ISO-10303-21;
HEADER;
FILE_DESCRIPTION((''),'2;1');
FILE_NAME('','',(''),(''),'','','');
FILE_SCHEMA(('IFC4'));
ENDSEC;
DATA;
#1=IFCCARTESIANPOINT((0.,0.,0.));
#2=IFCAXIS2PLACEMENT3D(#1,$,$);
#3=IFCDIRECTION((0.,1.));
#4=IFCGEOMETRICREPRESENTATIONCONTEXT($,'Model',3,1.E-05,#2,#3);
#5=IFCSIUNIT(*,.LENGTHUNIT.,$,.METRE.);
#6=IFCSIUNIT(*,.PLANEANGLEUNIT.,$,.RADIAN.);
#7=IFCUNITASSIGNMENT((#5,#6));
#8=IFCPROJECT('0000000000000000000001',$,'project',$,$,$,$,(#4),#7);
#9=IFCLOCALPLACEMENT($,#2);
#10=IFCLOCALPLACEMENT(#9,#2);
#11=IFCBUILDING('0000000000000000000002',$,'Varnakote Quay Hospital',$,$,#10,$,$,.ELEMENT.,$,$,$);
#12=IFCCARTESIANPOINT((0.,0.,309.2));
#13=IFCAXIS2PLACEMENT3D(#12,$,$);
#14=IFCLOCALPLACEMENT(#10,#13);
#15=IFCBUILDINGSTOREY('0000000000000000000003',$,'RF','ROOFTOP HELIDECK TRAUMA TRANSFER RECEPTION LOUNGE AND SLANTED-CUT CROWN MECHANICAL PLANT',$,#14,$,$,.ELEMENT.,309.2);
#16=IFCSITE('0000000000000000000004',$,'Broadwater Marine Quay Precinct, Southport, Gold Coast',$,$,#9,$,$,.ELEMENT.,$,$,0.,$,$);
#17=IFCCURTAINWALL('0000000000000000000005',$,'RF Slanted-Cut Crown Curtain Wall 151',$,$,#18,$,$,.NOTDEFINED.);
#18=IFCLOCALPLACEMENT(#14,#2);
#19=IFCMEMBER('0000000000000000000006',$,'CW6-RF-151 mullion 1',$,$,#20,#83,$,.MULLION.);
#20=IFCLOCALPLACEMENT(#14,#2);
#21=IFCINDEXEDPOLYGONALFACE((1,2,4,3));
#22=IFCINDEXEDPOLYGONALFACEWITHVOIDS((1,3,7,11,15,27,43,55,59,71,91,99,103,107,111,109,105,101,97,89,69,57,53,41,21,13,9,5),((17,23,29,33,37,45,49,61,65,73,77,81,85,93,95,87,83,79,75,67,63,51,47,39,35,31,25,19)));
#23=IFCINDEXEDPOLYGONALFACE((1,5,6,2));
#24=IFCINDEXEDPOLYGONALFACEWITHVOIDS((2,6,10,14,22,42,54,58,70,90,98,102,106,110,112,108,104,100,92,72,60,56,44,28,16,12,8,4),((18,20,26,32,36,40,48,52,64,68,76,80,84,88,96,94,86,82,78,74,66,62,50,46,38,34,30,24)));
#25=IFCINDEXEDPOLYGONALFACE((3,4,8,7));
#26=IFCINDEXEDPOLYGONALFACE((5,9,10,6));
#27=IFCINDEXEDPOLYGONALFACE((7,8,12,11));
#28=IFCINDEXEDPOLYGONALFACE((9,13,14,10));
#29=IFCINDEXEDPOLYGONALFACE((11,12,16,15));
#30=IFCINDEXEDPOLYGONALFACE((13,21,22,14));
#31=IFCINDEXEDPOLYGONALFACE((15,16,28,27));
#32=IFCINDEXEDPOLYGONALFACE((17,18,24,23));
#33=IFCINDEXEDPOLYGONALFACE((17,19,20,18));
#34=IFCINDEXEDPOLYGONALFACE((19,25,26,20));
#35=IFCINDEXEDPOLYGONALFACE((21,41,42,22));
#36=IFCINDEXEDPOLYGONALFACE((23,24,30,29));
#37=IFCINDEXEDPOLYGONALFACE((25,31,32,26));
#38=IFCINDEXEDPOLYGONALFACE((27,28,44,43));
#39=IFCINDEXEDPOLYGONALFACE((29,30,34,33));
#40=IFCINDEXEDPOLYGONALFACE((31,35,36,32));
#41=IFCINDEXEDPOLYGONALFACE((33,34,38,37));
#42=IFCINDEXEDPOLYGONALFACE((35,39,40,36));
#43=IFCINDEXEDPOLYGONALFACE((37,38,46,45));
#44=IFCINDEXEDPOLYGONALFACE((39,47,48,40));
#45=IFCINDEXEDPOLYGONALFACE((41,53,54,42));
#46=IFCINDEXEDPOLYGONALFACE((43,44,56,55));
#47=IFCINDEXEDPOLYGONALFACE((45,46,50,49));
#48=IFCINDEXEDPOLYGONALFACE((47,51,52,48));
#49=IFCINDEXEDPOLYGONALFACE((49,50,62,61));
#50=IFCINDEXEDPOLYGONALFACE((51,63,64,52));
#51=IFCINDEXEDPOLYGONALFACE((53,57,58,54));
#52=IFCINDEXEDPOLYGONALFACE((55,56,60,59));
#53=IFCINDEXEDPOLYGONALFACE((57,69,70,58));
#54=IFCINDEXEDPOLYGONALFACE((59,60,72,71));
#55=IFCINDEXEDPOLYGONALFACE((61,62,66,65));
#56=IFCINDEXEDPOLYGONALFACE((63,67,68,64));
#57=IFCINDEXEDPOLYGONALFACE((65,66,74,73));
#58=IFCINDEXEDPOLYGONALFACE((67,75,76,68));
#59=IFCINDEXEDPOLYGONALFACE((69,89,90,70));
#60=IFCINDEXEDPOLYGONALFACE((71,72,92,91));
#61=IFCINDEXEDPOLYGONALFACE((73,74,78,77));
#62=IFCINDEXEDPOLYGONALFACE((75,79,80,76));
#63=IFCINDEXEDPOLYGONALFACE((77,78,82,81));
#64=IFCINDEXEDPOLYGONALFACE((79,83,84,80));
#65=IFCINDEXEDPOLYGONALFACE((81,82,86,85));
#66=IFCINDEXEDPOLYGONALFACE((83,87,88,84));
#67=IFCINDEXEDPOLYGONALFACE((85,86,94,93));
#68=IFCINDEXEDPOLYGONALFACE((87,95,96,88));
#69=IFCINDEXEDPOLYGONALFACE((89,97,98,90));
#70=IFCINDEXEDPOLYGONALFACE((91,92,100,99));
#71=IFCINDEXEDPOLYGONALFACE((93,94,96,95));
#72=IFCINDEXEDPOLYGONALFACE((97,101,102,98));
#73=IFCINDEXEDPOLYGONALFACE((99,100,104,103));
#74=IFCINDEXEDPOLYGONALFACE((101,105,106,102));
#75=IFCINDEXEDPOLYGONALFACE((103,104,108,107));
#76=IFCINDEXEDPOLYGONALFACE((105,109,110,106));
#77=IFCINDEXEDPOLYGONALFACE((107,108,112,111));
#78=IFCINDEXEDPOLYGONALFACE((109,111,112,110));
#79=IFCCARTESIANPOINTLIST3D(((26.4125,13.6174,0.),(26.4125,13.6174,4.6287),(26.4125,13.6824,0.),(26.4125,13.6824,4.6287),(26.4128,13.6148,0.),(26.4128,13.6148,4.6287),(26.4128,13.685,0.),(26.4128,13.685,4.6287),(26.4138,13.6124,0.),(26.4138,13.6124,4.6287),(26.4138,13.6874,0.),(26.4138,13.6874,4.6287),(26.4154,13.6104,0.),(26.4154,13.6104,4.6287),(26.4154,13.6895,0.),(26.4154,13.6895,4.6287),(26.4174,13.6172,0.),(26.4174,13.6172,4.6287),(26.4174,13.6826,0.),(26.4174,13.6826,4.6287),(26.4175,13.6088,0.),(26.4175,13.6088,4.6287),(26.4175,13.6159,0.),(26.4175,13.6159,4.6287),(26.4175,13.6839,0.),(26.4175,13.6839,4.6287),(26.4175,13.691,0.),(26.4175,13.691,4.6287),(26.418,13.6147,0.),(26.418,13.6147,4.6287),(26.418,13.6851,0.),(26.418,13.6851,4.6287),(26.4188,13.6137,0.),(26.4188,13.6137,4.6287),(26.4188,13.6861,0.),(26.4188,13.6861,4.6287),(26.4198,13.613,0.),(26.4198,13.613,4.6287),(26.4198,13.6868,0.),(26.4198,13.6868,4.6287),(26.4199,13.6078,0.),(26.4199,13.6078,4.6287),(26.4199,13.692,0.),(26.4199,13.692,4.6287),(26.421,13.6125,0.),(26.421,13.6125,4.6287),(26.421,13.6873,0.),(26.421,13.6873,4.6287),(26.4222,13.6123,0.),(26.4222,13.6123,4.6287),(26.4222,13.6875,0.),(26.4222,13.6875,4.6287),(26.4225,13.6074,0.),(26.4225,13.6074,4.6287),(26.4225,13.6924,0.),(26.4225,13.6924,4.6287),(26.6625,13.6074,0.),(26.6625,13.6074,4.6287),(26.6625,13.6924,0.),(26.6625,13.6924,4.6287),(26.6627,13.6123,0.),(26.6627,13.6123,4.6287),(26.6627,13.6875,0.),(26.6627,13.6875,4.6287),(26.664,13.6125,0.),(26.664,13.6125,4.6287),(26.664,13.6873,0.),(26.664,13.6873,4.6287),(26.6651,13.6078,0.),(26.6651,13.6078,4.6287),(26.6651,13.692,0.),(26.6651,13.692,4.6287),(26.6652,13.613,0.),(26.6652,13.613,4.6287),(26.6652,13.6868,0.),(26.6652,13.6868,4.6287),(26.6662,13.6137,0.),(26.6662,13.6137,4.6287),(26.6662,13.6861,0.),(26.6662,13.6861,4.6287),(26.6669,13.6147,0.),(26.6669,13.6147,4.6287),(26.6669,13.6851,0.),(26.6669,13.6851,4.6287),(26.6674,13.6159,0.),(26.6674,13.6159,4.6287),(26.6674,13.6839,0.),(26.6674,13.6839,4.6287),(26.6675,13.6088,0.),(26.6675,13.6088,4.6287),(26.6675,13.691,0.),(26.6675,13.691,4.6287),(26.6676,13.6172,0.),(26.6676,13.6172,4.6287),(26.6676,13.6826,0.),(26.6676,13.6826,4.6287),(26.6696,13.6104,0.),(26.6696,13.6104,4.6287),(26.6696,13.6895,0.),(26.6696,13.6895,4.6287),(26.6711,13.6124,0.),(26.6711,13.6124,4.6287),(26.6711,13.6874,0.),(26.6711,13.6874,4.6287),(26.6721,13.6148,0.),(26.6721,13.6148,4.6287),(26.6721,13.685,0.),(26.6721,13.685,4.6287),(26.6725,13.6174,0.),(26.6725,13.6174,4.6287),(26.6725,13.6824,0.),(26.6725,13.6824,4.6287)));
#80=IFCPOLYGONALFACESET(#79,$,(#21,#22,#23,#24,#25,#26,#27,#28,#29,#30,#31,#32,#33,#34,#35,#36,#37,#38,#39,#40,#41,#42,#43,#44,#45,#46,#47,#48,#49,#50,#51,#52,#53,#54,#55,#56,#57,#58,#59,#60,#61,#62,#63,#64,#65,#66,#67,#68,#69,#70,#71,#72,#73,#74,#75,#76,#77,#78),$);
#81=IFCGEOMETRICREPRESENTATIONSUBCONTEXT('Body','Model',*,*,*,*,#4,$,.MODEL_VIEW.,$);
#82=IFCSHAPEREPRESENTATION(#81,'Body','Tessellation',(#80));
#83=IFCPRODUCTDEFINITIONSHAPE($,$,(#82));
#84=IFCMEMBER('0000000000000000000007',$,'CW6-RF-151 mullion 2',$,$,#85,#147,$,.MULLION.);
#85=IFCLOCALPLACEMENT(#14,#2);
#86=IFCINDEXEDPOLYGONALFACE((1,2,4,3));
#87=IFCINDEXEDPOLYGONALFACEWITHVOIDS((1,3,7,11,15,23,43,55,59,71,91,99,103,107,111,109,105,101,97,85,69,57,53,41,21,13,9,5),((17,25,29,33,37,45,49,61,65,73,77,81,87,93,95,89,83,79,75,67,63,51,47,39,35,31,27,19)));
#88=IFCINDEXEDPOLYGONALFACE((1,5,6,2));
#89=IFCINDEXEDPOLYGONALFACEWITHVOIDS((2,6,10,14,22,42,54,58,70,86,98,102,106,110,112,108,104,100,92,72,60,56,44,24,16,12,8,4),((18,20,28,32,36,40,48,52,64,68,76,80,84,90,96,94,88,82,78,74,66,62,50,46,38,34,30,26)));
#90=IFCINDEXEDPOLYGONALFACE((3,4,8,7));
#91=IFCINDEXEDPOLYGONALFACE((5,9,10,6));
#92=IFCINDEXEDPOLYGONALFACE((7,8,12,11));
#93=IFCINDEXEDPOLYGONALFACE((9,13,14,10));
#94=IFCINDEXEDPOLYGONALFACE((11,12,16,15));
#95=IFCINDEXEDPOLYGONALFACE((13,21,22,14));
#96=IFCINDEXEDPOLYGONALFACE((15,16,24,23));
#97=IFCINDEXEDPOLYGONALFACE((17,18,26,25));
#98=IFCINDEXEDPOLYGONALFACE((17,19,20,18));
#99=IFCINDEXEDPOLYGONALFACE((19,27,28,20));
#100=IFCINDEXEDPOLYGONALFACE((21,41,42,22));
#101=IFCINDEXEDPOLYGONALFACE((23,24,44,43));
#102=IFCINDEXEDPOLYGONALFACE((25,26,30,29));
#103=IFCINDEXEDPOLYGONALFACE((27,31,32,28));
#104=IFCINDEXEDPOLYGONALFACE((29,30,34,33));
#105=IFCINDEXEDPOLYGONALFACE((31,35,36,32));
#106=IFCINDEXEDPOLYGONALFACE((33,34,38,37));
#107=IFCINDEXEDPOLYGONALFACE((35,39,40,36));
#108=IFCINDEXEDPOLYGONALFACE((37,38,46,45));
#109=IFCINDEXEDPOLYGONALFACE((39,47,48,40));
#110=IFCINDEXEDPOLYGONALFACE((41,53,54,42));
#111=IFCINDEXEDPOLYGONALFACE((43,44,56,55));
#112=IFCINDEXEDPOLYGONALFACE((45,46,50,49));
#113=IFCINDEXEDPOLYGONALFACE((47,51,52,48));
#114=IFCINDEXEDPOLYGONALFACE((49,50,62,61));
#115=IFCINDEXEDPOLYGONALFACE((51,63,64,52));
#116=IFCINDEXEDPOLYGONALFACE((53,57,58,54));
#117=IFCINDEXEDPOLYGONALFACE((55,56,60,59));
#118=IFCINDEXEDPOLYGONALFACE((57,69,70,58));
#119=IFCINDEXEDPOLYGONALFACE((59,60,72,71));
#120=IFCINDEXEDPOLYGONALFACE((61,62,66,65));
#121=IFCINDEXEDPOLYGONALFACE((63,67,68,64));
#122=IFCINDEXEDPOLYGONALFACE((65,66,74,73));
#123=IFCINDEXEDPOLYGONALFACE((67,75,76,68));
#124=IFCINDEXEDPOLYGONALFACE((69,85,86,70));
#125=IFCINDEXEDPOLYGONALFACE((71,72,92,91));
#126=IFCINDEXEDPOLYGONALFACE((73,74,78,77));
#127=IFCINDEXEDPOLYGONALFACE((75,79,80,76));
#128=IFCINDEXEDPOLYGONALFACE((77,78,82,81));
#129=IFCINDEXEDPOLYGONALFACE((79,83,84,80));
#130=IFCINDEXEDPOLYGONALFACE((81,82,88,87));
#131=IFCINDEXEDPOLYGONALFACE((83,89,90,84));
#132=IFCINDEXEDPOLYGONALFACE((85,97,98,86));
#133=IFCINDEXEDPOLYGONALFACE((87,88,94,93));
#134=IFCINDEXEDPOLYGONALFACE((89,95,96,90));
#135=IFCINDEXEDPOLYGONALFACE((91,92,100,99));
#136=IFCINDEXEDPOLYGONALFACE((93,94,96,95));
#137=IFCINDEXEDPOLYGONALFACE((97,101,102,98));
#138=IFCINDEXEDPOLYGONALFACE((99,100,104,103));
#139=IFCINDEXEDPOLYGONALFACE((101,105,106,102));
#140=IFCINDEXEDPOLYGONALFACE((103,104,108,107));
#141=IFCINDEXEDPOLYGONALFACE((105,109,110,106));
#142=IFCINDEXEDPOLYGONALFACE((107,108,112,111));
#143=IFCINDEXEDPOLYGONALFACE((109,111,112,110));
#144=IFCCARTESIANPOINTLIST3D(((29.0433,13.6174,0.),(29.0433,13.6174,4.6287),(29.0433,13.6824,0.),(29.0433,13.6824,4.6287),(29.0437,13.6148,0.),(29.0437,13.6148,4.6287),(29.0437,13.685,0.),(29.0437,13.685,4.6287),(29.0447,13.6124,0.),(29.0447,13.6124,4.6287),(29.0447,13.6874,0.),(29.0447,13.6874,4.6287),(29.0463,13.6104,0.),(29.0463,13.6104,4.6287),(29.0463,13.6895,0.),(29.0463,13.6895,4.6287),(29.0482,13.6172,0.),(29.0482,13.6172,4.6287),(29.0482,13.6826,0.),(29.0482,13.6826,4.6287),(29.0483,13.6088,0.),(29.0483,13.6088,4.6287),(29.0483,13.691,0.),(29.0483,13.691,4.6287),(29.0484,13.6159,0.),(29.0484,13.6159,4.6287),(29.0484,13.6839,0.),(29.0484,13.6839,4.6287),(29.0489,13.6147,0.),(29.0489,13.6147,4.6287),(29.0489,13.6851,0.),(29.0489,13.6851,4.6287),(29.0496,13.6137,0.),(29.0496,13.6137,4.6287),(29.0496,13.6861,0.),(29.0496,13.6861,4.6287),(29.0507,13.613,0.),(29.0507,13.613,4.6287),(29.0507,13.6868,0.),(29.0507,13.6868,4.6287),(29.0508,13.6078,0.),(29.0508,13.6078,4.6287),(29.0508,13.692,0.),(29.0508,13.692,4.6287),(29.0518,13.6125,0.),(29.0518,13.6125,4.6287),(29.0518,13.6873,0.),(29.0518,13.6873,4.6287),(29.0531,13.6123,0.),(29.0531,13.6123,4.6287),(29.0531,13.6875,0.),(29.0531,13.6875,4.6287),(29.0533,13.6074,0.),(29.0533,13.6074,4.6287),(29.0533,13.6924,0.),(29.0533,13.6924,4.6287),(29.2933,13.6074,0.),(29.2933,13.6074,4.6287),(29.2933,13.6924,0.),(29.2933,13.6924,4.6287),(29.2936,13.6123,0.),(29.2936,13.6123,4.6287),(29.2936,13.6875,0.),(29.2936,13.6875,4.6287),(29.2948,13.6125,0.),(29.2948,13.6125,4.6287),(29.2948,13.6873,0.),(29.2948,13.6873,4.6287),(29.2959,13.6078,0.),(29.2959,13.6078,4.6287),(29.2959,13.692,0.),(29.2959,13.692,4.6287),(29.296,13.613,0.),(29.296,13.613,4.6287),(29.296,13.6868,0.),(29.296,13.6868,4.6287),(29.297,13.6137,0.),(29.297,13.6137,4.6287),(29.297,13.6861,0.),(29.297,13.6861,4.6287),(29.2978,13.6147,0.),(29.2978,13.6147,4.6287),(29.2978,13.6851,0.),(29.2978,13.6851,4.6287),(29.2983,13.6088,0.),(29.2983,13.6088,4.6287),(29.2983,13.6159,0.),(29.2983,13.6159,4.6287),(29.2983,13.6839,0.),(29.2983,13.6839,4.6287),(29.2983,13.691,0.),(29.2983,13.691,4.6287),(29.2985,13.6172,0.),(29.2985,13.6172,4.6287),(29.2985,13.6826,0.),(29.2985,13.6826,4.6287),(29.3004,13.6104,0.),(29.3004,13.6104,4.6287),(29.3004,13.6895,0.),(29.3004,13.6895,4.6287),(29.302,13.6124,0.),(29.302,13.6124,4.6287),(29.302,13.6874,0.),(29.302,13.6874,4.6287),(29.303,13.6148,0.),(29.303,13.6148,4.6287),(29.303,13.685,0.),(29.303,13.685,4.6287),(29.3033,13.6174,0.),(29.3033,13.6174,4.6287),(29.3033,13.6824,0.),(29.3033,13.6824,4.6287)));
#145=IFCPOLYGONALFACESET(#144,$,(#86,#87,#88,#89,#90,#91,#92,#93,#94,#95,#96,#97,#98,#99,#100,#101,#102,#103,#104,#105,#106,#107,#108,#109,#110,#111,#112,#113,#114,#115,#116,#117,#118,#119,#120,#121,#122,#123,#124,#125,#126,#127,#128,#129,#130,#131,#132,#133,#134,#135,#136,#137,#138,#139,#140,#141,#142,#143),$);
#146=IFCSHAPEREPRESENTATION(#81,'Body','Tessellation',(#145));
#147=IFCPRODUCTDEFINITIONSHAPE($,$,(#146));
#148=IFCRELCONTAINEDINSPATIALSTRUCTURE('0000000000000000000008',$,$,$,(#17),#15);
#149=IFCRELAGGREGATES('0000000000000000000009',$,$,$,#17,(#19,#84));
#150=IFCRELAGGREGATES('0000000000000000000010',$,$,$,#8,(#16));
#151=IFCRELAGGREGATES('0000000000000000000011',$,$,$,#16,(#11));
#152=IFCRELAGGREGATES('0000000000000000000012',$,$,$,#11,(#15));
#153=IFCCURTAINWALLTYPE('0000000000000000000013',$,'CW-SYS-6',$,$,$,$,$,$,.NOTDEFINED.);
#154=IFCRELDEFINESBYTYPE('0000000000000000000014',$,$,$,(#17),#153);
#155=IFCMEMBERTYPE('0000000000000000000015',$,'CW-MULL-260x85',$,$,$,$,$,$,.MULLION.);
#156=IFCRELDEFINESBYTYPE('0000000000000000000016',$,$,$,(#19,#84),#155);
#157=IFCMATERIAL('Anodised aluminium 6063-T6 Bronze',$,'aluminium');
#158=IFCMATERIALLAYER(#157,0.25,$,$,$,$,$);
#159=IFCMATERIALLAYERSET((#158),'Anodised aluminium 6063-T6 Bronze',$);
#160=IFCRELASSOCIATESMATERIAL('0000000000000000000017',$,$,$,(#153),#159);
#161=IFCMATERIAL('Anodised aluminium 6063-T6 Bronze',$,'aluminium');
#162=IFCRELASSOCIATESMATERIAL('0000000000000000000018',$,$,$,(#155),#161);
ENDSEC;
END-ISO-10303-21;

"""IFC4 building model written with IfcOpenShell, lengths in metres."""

from ifc_helpers import new_model, si_unit, direction, frame, origin, origin_2d, place, context, subcontext, project, spatial, hollow_rectangle, extrude, material, layer, layer_set, material_profile, profile_set, type_object, element, aggregate, save


model = new_model("IFC4")

# Units and contexts
model_context = context("Model", 3, precision=1e-05, world=origin(), true_north=direction((0.0, 1.0)))
body_context = subcontext(model_context, "Body", "Model", "MODEL_VIEW")
ifc_project = project(units=[si_unit("LENGTHUNIT", "METRE"), si_unit("PLANEANGLEUNIT", "RADIAN")], contexts=[model_context])

# Site, building, storey
site_placement = place(None, origin())
site = spatial("IfcSite", under=ifc_project, at=site_placement, Name="Broadwater Marine Quay Precinct, Southport, Gold Coast", CompositionType="ELEMENT", RefElevation=0.0)
building_placement = place(site_placement, origin())
building = spatial("IfcBuilding", under=site, at=building_placement, Name="Varnakote Quay Hospital", CompositionType="ELEMENT")
storey_placement = place(building_placement, frame((0.0, 0.0, 309.2)))
storey = spatial("IfcBuildingStorey", under=building, at=storey_placement, Name="RF", Description="ROOFTOP HELIDECK TRAUMA TRANSFER RECEPTION LOUNGE AND SLANTED-CUT CROWN MECHANICAL PLANT", CompositionType="ELEMENT", Elevation=309.2)

# Curtain wall, members
ifc_material_1 = material(Name="Anodised aluminium 6063-T6 Bronze", Category="aluminium")
ifc_layer_1 = layer(ifc_material_1, 0.25)
ifc_layer_set_1 = layer_set([ifc_layer_1], Name="Anodised aluminium 6063-T6 Bronze")
curtain_wall_type = type_object("IfcCurtainWallType", Name="CW-SYS-6", PredefinedType="NOTDEFINED", material=ifc_layer_set_1)
ifc_material_2 = material(Name="Anodised aluminium 6063-T6 Bronze", Category="aluminium")
ifc_material_profile_1 = material_profile(ifc_material_2, hollow_rectangle(XDim=0.085, YDim=0.26, WallThickness=0.0049, InnerFilletRadius=0.0049, OuterFilletRadius=0.01, at=origin_2d()), Name="CW-MULL-260x85")
ifc_profile_set_1 = profile_set([ifc_material_profile_1], Name="Anodised aluminium 6063-T6 Bronze")
member_type_1 = type_object("IfcMemberType", Name="CW-MULL-260x85", PredefinedType="MULLION", material=ifc_profile_set_1)
curtain_wall_1_placement = place(storey_placement, origin())
curtain_wall_1 = element("IfcCurtainWall", 1, at=curtain_wall_1_placement, inside=storey, type_object=curtain_wall_type, Name="RF Slanted-Cut Crown Curtain Wall 151", PredefinedType="NOTDEFINED")
member_1_placement = place(storey_placement, frame((26.5425, 13.6499, 0.0), z_axis=(0.0, 0.0, 1.0), x_axis=(0.0, 1.0, 0.0)))
member_1 = element("IfcMember", 2, at=member_1_placement, type_object=member_type_1, Name="CW6-RF-151 mullion 1", PredefinedType="MULLION", context=body_context, shape_type="SweptSolid", body=[
    extrude(hollow_rectangle(XDim=0.085, YDim=0.26, WallThickness=0.0049, InnerFilletRadius=0.0049, OuterFilletRadius=0.01, at=origin_2d()), origin(), (0.0, 0.0, 1.0), 4.6287),
])
member_2_placement = place(storey_placement, frame((29.1733, 13.6499, 0.0), z_axis=(0.0, 0.0, 1.0), x_axis=(0.0, 1.0, 0.0)))
member_2 = element("IfcMember", 3, at=member_2_placement, type_object=member_type_1, Name="CW6-RF-151 mullion 2", PredefinedType="MULLION", context=body_context, shape_type="SweptSolid", body=[
    extrude(hollow_rectangle(XDim=0.085, YDim=0.26, WallThickness=0.0049, InnerFilletRadius=0.0049, OuterFilletRadius=0.01, at=origin_2d()), origin(), (0.0, 0.0, 1.0), 4.6287),
])

aggregate(curtain_wall_1, [member_1, member_2])

save(model, "model.ifc")
